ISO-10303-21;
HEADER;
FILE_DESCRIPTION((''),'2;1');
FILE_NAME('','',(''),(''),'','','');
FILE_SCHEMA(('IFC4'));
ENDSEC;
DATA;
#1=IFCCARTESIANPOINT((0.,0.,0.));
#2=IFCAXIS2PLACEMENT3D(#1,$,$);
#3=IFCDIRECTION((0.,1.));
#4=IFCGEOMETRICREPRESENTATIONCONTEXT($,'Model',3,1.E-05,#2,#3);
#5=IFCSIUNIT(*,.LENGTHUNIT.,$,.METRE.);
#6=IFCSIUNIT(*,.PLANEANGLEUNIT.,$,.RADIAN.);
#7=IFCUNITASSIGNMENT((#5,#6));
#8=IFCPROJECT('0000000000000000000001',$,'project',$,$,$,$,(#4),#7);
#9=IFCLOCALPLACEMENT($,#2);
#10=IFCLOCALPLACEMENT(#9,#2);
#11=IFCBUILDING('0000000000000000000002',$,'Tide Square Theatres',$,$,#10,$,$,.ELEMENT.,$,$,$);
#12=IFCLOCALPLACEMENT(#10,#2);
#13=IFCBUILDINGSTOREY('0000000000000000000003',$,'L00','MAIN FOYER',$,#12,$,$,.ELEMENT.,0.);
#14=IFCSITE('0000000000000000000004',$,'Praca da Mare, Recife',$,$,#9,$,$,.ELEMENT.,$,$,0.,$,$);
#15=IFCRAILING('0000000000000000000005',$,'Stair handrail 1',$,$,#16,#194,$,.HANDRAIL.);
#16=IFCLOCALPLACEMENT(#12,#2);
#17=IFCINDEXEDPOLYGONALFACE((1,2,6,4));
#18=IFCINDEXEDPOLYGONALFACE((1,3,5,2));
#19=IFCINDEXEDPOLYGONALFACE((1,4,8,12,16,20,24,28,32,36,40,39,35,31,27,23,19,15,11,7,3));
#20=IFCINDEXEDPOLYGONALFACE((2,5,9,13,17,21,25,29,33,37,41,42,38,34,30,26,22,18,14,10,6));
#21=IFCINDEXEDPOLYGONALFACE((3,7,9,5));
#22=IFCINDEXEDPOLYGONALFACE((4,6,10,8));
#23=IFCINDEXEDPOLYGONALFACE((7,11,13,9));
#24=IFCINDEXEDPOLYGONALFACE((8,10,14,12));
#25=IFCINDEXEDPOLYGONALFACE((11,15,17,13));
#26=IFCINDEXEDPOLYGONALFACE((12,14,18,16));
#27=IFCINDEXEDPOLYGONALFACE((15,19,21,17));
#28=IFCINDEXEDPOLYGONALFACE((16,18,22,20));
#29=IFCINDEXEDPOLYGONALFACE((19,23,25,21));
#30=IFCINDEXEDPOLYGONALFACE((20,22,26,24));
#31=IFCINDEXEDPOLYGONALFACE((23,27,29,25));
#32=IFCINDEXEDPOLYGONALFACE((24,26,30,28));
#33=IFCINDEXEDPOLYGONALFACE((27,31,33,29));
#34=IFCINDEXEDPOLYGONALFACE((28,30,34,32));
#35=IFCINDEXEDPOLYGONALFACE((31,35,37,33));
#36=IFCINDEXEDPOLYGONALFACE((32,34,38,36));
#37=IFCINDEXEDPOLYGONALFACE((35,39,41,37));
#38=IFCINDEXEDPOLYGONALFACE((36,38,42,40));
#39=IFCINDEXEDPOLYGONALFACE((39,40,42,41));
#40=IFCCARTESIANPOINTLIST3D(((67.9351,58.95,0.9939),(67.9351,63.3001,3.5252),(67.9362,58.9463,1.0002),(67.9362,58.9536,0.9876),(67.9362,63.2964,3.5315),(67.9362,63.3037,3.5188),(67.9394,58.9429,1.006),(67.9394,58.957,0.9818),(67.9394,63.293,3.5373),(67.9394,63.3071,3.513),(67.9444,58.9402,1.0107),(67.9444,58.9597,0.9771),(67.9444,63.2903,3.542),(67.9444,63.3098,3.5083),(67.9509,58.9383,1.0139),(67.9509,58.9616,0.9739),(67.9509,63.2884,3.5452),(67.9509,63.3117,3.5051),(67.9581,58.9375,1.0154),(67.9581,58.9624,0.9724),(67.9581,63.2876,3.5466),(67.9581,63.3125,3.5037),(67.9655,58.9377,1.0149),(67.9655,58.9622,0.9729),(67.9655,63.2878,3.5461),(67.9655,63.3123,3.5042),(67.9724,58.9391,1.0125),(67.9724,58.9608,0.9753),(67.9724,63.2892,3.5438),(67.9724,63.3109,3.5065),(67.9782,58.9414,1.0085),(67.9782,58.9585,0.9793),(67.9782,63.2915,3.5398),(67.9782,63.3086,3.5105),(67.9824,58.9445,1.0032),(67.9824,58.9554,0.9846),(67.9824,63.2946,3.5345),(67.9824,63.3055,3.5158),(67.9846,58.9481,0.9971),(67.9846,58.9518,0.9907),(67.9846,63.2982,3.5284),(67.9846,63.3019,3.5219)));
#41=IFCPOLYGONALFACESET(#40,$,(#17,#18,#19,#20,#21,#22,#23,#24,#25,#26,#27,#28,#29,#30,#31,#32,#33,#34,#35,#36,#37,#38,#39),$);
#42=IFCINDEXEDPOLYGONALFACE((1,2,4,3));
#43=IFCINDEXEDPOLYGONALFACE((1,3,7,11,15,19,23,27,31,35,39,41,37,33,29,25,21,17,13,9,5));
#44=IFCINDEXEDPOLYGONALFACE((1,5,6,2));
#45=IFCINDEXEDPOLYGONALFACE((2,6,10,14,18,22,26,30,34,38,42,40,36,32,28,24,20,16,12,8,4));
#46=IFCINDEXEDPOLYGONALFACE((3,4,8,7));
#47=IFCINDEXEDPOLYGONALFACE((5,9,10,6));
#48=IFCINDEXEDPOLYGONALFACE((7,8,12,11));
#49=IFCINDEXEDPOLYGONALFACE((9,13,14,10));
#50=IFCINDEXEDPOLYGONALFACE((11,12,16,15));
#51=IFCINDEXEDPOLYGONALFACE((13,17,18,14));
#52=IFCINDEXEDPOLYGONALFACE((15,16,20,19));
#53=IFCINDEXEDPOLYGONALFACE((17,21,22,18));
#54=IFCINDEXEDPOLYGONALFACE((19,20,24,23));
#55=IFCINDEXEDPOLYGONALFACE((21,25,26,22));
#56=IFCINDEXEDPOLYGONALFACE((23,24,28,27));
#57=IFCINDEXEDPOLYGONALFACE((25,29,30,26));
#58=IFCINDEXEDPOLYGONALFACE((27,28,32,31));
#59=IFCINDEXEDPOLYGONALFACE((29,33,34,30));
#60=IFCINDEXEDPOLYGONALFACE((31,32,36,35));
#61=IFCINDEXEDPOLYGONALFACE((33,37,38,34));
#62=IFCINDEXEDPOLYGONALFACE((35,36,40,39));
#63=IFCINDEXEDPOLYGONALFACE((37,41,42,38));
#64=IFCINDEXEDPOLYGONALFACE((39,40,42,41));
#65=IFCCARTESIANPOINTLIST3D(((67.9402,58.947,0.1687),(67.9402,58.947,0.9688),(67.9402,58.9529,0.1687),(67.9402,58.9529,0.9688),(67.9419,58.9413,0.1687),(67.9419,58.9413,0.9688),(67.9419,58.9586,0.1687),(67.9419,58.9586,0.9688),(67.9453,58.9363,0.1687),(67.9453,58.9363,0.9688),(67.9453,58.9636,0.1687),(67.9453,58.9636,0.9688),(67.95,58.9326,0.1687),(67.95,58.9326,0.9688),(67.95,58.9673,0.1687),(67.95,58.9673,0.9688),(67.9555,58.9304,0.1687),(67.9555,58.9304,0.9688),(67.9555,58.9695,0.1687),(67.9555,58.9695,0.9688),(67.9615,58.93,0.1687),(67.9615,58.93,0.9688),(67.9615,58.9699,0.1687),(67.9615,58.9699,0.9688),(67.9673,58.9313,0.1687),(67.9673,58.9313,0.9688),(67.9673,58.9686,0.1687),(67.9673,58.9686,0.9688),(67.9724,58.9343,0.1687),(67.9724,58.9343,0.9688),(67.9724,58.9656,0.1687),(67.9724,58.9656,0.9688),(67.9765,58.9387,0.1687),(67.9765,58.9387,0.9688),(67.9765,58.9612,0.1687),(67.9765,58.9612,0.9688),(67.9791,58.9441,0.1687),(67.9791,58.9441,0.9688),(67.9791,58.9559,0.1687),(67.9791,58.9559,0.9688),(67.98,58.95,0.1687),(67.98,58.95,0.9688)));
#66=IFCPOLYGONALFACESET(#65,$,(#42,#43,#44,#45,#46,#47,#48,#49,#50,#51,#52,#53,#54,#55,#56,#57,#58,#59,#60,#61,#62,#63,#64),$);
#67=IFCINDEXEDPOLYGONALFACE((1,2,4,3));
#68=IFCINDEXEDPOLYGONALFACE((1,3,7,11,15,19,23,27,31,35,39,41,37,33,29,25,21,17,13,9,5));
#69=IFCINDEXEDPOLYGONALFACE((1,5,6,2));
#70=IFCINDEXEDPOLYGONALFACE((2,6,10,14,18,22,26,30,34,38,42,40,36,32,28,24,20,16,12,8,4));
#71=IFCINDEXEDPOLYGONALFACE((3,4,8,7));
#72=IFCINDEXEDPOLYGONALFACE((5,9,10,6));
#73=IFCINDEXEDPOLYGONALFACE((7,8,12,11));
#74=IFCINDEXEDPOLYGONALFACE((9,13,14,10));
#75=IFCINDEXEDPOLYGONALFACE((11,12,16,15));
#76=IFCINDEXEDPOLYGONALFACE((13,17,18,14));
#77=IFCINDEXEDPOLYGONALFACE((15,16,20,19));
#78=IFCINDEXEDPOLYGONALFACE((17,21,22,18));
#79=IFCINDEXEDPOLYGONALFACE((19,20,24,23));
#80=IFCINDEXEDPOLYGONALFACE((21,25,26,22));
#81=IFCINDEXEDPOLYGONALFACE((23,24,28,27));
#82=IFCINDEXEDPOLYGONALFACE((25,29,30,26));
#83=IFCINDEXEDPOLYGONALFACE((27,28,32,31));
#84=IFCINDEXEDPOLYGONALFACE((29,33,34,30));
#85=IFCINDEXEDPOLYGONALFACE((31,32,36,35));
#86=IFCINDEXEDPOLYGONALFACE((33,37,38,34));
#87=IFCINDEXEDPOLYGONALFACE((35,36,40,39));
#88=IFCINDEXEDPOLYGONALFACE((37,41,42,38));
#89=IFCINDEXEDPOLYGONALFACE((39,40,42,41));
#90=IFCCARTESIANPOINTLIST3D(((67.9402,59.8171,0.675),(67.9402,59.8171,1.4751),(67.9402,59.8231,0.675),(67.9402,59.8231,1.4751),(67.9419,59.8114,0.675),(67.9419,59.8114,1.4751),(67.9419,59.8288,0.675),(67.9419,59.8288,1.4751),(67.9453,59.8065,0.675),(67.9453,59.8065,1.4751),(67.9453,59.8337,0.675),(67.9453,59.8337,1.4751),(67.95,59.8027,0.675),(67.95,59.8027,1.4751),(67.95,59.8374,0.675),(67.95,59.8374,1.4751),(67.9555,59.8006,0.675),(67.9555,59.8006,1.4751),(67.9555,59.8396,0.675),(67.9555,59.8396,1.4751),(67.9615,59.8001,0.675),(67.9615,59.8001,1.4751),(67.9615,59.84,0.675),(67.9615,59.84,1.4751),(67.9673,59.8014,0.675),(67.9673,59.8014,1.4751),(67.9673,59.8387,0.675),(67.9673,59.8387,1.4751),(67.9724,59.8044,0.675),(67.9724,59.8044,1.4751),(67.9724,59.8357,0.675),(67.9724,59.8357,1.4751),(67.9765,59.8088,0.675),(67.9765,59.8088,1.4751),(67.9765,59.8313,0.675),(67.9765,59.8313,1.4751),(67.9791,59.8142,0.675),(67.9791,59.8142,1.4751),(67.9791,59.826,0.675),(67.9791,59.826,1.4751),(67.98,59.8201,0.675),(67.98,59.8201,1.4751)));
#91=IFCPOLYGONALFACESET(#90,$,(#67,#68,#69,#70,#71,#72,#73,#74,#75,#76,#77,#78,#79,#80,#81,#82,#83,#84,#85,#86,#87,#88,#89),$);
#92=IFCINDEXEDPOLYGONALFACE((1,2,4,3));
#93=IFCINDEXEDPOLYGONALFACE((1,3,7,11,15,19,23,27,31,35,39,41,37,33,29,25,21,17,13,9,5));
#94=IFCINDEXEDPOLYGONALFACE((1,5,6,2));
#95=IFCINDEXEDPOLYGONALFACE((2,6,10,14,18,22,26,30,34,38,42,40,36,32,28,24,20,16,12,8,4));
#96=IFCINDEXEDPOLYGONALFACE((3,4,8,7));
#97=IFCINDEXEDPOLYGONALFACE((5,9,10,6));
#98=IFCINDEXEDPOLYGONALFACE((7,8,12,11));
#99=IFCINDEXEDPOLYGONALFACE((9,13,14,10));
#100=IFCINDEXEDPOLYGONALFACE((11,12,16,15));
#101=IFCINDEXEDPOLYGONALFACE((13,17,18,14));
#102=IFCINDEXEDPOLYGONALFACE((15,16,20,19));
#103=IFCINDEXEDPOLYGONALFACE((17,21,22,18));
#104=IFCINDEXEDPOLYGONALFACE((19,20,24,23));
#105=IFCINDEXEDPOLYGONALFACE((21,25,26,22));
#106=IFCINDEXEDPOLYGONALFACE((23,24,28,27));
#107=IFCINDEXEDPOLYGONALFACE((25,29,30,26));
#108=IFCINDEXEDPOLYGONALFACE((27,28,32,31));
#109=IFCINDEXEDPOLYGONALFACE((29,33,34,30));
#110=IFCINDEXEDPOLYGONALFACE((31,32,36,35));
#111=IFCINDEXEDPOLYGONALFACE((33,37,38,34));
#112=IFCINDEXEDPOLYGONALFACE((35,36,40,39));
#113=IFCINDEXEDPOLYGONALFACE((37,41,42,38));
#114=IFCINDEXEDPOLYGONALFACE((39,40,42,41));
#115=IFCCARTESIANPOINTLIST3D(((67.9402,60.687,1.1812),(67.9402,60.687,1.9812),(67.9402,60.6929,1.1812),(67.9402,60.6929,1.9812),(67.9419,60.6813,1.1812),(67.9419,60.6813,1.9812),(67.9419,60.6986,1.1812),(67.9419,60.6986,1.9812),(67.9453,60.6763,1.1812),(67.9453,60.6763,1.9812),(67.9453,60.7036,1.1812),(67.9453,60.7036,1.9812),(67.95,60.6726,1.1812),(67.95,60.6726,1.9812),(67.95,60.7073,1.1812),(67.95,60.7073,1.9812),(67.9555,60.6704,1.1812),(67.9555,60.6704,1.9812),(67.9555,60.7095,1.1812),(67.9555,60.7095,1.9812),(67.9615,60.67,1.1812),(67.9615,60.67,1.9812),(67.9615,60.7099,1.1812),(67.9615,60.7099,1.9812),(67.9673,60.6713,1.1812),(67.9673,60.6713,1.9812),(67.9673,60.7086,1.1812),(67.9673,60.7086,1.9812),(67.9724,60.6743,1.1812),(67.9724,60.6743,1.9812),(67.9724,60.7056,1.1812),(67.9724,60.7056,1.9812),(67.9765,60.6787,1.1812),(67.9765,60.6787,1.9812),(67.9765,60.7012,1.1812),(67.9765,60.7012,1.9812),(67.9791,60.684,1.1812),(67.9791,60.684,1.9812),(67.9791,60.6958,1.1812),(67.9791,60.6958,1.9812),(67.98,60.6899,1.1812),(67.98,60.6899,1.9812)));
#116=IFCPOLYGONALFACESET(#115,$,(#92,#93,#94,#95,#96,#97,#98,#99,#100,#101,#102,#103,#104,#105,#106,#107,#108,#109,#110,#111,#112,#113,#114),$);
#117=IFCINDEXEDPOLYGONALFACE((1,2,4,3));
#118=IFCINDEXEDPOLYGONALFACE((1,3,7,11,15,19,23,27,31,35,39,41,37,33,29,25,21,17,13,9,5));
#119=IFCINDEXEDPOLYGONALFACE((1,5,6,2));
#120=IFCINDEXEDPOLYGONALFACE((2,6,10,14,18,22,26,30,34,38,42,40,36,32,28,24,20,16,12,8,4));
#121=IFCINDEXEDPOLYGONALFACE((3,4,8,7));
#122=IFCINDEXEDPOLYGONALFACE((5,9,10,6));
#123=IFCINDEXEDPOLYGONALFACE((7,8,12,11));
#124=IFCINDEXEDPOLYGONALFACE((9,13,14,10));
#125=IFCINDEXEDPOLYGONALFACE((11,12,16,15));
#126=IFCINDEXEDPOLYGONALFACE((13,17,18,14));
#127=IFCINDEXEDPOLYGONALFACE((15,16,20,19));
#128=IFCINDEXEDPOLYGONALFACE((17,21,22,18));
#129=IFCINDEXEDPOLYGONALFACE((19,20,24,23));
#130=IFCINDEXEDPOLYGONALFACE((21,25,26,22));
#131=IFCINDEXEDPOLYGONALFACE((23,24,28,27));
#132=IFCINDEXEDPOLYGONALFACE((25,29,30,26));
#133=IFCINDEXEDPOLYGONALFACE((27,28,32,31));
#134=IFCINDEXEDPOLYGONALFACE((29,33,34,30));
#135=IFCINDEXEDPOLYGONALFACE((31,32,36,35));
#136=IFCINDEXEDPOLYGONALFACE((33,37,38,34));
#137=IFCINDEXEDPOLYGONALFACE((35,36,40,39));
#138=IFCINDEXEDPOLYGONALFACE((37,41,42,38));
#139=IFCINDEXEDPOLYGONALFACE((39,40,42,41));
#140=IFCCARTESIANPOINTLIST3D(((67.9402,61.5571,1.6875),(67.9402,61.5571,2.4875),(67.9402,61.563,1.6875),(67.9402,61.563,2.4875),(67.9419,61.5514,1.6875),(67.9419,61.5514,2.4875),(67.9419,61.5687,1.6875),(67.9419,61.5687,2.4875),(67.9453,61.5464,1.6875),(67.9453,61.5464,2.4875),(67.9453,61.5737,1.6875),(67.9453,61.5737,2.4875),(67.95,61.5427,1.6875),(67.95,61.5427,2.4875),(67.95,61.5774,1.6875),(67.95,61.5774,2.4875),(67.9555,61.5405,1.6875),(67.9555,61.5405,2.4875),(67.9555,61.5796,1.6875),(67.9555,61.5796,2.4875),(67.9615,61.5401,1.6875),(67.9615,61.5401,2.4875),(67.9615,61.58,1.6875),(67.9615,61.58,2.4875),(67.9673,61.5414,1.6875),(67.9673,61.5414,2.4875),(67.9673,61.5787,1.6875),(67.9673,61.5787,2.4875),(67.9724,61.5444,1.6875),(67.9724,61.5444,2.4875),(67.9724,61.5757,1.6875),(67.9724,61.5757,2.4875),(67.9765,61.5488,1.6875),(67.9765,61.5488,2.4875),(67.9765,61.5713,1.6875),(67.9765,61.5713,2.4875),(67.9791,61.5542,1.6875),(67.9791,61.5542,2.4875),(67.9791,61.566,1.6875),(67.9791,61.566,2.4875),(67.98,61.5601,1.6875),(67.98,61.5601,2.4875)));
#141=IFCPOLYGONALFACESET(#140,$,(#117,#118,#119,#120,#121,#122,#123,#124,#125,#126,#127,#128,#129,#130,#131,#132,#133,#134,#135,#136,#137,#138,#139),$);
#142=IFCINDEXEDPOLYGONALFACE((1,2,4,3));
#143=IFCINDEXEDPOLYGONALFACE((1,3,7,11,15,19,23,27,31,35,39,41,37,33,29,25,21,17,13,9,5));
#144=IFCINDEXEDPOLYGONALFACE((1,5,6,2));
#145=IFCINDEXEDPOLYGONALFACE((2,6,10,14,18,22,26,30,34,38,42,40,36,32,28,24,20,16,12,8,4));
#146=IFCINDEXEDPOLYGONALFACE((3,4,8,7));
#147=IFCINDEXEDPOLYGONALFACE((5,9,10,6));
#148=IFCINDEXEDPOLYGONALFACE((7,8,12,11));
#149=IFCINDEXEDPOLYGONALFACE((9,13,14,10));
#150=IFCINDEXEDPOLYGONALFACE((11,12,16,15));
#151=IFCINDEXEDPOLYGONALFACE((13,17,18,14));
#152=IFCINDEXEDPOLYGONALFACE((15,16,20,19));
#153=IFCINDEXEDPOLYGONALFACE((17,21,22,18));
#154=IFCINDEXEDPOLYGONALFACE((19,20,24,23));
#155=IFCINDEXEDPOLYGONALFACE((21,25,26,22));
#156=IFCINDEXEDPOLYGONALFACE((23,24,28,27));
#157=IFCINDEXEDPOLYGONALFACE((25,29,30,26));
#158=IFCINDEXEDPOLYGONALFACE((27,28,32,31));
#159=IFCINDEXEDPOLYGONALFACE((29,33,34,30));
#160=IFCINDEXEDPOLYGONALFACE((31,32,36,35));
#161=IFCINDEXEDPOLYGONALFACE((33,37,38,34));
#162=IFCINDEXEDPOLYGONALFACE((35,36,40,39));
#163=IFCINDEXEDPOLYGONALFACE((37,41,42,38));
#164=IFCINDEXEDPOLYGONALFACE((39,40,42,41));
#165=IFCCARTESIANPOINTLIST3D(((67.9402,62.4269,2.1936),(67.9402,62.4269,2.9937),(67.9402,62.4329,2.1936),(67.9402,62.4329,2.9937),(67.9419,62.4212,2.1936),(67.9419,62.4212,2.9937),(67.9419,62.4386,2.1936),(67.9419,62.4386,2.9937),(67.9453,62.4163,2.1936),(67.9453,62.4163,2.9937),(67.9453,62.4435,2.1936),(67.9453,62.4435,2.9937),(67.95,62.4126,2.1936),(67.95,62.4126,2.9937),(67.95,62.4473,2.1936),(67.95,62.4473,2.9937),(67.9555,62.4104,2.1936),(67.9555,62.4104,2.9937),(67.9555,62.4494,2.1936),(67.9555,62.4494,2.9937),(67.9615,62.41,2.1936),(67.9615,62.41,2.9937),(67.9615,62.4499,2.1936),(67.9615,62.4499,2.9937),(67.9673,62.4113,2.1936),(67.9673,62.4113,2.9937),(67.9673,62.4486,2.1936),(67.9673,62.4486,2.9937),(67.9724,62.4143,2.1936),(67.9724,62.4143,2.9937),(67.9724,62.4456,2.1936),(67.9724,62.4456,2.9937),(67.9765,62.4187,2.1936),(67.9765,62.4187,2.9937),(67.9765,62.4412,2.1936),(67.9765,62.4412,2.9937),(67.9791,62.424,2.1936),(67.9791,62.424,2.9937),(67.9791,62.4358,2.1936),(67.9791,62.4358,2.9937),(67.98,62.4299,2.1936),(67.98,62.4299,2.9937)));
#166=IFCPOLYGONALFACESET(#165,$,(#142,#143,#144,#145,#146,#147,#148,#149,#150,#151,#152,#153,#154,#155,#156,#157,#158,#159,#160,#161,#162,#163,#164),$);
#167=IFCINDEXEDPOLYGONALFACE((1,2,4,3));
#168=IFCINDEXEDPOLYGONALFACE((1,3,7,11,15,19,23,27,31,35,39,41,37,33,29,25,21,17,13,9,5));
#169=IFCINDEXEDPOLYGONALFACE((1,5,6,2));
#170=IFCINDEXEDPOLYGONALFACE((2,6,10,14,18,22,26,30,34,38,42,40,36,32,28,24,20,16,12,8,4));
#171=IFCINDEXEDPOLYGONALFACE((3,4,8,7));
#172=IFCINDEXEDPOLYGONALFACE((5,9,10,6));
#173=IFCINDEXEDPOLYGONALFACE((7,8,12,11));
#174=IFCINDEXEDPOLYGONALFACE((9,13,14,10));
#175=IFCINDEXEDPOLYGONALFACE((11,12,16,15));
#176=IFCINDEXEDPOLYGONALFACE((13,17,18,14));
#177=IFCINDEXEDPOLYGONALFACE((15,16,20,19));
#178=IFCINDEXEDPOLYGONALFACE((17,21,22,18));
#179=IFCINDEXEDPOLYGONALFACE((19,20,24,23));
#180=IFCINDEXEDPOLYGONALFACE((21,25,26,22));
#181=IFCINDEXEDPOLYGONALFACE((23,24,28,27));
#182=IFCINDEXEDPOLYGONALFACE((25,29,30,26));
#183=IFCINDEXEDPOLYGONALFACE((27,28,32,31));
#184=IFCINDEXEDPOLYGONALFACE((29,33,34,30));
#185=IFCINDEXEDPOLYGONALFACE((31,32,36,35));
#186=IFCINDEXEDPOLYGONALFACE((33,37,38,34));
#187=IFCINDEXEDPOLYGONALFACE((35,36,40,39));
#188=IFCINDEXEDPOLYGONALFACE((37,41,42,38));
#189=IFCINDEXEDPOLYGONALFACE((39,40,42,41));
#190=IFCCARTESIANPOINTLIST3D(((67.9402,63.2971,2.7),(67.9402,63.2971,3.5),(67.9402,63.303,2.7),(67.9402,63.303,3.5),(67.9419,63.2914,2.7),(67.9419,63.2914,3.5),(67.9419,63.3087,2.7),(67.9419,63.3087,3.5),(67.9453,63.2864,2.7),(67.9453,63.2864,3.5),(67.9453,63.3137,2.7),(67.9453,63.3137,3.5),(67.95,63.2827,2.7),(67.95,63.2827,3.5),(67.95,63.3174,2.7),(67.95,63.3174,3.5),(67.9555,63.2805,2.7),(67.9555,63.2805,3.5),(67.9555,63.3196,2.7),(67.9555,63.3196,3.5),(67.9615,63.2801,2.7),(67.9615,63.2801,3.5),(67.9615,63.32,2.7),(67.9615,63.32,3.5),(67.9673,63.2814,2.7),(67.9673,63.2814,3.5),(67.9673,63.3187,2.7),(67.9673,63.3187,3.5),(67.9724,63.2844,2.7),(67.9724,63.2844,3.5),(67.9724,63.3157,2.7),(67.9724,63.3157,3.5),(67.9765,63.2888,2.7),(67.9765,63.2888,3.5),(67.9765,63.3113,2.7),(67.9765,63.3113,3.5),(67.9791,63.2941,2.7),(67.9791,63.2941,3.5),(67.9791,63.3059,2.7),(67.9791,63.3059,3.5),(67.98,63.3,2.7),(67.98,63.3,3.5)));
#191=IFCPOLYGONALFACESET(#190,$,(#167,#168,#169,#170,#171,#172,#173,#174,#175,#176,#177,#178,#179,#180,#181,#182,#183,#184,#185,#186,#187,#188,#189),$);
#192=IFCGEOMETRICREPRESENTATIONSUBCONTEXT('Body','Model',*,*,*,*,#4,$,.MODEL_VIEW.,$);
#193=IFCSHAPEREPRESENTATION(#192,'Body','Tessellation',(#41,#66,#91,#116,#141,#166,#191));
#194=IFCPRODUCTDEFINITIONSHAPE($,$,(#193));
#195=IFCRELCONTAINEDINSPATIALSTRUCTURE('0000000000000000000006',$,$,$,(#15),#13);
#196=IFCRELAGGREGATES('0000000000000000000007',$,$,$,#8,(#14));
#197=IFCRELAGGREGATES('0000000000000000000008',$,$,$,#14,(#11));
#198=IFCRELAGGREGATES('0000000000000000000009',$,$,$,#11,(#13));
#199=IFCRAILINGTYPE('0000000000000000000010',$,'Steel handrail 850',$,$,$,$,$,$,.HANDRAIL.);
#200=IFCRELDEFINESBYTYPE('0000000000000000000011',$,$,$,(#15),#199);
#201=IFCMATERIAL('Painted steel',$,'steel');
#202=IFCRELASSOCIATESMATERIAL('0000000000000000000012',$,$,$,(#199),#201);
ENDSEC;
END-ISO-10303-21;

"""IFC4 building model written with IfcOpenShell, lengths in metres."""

from ifc_helpers import new_model, si_unit, direction, frame, origin, origin_2d, place, context, subcontext, project, spatial, circle, extrude, material, type_object, element, save


model = new_model("IFC4")

# Units and contexts
model_context = context("Model", 3, precision=1e-05, world=origin(), true_north=direction((0.0, 1.0)))
body_context = subcontext(model_context, "Body", "Model", "MODEL_VIEW")
ifc_project = project(units=[si_unit("LENGTHUNIT", "METRE"), si_unit("PLANEANGLEUNIT", "RADIAN")], contexts=[model_context])

# Site, building, storey
site_placement = place(None, origin())
site = spatial("IfcSite", under=ifc_project, at=site_placement, Name="Praca da Mare, Recife", CompositionType="ELEMENT", RefElevation=0.0)
building_placement = place(site_placement, origin())
building = spatial("IfcBuilding", under=site, at=building_placement, Name="Tide Square Theatres", CompositionType="ELEMENT")
storey_placement = place(building_placement, origin())
storey = spatial("IfcBuildingStorey", under=building, at=storey_placement, Name="L00", Description="MAIN FOYER", CompositionType="ELEMENT", Elevation=0.0)

# Railing
ifc_material_1 = material(Name="Painted steel", Category="steel")
railing_type = type_object("IfcRailingType", Name="Steel handrail 850", PredefinedType="HANDRAIL", material=ifc_material_1)
for number, where, name in (
    (1, (67.96, 58.95, 0.1687), "Stair handrail 1"),
):
    element("IfcRailing", number, at=place(storey_placement, frame(where)), inside=storey, type_object=railing_type, Name=name, PredefinedType="HANDRAIL", context=body_context, shape_type="SweptSolid", body=[
        extrude(circle(Radius=0.0249, at=origin_2d()), frame((0.0, 0.0, 0.8252), z_axis=(0.0, 0.864324, 0.502936), x_axis=(-1.0, 0.0, 0.0)), (0.0, 0.0, 1.0), 5.033),
        extrude(circle(Radius=0.02, at=origin_2d()), origin(), (0.0, 0.0, 1.0), 0.8),
        extrude(circle(Radius=0.02, at=origin_2d()), frame((0.0, 0.8701, 0.5063)), (0.0, 0.0, 1.0), 0.8),
        extrude(circle(Radius=0.02, at=origin_2d()), frame((0.0, 1.74, 1.0125)), (0.0, 0.0, 1.0), 0.8),
        extrude(circle(Radius=0.02, at=origin_2d()), frame((0.0, 2.6101, 1.5188)), (0.0, 0.0, 1.0), 0.8),
        extrude(circle(Radius=0.02, at=origin_2d()), frame((0.0, 3.48, 2.0249)), (0.0, 0.0, 1.0), 0.8),
        extrude(circle(Radius=0.02, at=origin_2d()), frame((0.0, 4.3501, 2.5312)), (0.0, 0.0, 1.0), 0.8),
    ])

save(model, "model.ifc")
